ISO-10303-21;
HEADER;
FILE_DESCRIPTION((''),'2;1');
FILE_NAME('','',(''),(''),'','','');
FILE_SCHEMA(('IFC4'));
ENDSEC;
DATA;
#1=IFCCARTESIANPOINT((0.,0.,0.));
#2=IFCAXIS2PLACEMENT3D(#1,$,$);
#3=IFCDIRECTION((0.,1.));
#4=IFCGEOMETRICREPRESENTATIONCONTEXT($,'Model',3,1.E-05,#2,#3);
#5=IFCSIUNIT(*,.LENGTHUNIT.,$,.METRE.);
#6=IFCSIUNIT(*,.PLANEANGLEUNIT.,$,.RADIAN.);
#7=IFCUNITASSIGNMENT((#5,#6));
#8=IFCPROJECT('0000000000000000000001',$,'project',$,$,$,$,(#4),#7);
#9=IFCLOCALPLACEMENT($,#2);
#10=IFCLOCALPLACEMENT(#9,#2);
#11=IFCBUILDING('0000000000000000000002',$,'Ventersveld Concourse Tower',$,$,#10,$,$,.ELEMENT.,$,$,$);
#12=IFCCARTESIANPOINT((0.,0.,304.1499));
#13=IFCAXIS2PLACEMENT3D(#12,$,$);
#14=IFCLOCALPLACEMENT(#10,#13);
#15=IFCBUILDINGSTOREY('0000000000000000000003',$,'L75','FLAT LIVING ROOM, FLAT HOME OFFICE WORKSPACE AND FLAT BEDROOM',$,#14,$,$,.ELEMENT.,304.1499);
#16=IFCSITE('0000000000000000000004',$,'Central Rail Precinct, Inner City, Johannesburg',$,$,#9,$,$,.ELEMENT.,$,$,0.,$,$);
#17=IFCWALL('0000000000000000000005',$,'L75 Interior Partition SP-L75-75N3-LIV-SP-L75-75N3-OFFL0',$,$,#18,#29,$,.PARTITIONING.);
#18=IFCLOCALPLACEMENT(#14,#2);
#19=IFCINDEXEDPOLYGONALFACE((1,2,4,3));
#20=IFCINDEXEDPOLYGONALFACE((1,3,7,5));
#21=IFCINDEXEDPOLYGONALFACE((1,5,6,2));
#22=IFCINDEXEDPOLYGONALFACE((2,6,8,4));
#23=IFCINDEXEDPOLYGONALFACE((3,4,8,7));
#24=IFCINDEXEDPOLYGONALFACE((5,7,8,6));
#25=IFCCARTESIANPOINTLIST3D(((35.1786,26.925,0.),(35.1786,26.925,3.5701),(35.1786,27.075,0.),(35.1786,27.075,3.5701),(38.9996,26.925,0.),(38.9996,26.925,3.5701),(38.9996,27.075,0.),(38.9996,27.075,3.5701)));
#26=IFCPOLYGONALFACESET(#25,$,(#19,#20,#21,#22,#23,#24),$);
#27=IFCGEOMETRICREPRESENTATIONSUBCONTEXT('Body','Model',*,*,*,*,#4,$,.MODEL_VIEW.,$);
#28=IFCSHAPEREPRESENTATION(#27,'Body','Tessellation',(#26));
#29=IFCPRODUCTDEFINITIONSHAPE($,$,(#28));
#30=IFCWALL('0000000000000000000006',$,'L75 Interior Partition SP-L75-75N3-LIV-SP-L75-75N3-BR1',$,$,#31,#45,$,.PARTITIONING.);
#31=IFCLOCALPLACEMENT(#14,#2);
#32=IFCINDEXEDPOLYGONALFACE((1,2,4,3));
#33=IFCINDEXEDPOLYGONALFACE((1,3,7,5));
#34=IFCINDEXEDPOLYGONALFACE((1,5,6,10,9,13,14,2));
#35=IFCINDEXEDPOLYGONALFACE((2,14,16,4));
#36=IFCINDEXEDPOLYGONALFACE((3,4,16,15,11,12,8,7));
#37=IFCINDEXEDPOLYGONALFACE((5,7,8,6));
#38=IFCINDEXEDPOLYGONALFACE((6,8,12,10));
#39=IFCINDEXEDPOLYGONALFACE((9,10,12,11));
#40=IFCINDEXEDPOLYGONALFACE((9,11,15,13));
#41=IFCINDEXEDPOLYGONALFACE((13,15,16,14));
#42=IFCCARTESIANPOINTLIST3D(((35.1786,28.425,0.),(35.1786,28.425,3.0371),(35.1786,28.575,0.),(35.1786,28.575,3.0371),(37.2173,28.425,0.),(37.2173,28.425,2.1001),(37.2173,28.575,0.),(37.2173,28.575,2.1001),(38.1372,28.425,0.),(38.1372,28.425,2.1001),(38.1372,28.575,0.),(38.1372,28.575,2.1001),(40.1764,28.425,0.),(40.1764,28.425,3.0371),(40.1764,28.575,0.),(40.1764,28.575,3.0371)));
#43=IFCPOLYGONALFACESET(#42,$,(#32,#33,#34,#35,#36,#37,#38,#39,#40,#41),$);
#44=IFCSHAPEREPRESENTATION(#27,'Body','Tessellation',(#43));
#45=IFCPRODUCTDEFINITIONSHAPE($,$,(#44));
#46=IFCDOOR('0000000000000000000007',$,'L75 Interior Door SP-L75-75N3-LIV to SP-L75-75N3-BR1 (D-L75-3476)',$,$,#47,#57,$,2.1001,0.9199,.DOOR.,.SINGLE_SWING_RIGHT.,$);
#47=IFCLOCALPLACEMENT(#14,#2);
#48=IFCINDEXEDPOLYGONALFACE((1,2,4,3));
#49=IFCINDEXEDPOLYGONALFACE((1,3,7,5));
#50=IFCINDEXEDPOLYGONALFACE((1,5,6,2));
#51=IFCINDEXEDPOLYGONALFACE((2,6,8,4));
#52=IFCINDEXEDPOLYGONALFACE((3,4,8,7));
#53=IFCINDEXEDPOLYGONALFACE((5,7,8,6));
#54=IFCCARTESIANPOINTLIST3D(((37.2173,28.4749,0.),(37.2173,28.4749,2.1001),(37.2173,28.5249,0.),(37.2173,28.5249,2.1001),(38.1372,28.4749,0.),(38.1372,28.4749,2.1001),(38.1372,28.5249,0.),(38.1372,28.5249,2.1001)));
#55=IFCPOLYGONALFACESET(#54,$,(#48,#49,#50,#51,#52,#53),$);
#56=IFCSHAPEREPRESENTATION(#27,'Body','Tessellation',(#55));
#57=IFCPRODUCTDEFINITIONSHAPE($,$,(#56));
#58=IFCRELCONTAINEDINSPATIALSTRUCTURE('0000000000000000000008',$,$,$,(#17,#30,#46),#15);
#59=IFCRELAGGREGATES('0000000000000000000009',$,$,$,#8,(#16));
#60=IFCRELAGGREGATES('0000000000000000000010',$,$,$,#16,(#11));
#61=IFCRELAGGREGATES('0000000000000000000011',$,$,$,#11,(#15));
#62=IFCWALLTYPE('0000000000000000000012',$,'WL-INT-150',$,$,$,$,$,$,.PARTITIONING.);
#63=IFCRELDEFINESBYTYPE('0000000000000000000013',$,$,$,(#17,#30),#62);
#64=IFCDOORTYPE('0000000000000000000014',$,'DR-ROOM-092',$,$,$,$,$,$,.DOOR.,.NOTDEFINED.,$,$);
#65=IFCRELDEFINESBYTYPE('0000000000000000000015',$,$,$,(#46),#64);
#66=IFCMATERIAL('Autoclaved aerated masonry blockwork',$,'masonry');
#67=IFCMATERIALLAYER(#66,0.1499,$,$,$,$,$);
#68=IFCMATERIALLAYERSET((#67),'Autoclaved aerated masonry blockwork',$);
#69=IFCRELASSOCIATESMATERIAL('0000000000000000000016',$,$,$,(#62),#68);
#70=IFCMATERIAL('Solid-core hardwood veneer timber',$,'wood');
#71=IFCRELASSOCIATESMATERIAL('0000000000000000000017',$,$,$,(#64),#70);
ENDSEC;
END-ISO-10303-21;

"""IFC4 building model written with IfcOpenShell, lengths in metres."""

from ifc_helpers import new_model, si_unit, direction, frame, frame_2d, origin, place, context, subcontext, project, spatial, rectangle, extrude, material, layer, layer_set, type_object, element, fill, save


model = new_model("IFC4")

# Units and contexts
model_context = context("Model", 3, precision=1e-05, world=origin(), true_north=direction((0.0, 1.0)))
body_context = subcontext(model_context, "Body", "Model", "MODEL_VIEW")
ifc_project = project(units=[si_unit("LENGTHUNIT", "METRE"), si_unit("PLANEANGLEUNIT", "RADIAN")], contexts=[model_context])

# Site, building, storey
site_placement = place(None, origin())
site = spatial("IfcSite", under=ifc_project, at=site_placement, Name="Central Rail Precinct, Inner City, Johannesburg", CompositionType="ELEMENT", RefElevation=0.0)
building_placement = place(site_placement, origin())
building = spatial("IfcBuilding", under=site, at=building_placement, Name="Ventersveld Concourse Tower", CompositionType="ELEMENT")
storey_placement = place(building_placement, frame((0.0, 0.0, 304.1499)))
storey = spatial("IfcBuildingStorey", under=building, at=storey_placement, Name="L75", Description="FLAT LIVING ROOM, FLAT HOME OFFICE WORKSPACE AND FLAT BEDROOM", CompositionType="ELEMENT", Elevation=304.1499)

# Shared definitions
ifc_material_1 = material(Name="Autoclaved aerated masonry blockwork", Category="masonry")
ifc_layer_1 = layer(ifc_material_1, 0.1499)
ifc_layer_set_1 = layer_set([ifc_layer_1], Name="Autoclaved aerated masonry blockwork")
wall_type_1 = type_object("IfcWallType", Name="WL-INT-150", PredefinedType="PARTITIONING", material=ifc_layer_set_1)

# Shared definitions
ifc_material_2 = material(Name="Solid-core hardwood veneer timber", Category="wood")
door_type = type_object("IfcDoorType", Name="DR-ROOM-092", OperationType="NOTDEFINED", PredefinedType="DOOR", material=ifc_material_2)

# Wall
wall_1_placement = place(storey_placement, frame((35.1785, 27.0, 0.0), z_axis=(0.0, 0.0, 1.0), x_axis=(1.0, 0.0, 0.0)))
element("IfcWall", 1, at=wall_1_placement, inside=storey, type_object=wall_type_1, Name="L75 Interior Partition SP-L75-75N3-LIV-SP-L75-75N3-OFFL0", PredefinedType="PARTITIONING", context=body_context, shape_type="SweptSolid", body=[
    extrude(rectangle(XDim=3.821, YDim=0.1499, at=frame_2d((1.9106, 0.0))), origin(), (0.0, 0.0, 1.0), 3.5701),
])

# Wall, opening, door
wall_2_placement = place(storey_placement, frame((35.1785, 28.5, 0.0), z_axis=(0.0, 0.0, 1.0), x_axis=(1.0, 0.0, 0.0)))
wall_2 = element("IfcWall", 2, at=wall_2_placement, inside=storey, type_object=wall_type_1, Name="L75 Interior Partition SP-L75-75N3-LIV-SP-L75-75N3-BR1", PredefinedType="PARTITIONING", context=body_context, shape_type="SweptSolid", body=[
    extrude(rectangle(XDim=4.9978, YDim=0.1499, at=frame_2d((2.499, 0.0))), origin(), (0.0, 0.0, 1.0), 3.0371),
])
opening_1_placement = place(wall_2_placement, frame((2.0388, 0.0, 0.0)))
opening_1 = element("IfcOpeningElement", 3, at=opening_1_placement, cuts=wall_2, PredefinedType="OPENING", context=body_context, shape_type="SweptSolid", body=[
    extrude(rectangle(XDim=0.9199, YDim=2.1001, at=frame_2d((0.46, 1.05))), frame((0.0, 0.085, 0.0), z_axis=(0.0, -1.0, 0.0), x_axis=(1.0, 0.0, 0.0)), (0.0, 0.0, 1.0), 0.1699),
])
door_1_placement = place(opening_1_placement, origin())
door_1 = element("IfcDoor", 4, at=door_1_placement, inside=storey, type_object=door_type, Name="L75 Interior Door SP-L75-75N3-LIV to SP-L75-75N3-BR1 (D-L75-3476)", OperationType="SINGLE_SWING_RIGHT", OverallHeight=2.1001, OverallWidth=0.9199, PredefinedType="DOOR", context=body_context, shape_type="SweptSolid", body=[
    extrude(rectangle(XDim=0.9199, YDim=2.1001, at=frame_2d((0.46, 1.05))), frame((0.0, 0.0249, 0.0), z_axis=(0.0, -1.0, 0.0), x_axis=(1.0, 0.0, 0.0)), (0.0, 0.0, 1.0), 0.05),
])
fill(opening_1, door_1)

save(model, "model.ifc")
